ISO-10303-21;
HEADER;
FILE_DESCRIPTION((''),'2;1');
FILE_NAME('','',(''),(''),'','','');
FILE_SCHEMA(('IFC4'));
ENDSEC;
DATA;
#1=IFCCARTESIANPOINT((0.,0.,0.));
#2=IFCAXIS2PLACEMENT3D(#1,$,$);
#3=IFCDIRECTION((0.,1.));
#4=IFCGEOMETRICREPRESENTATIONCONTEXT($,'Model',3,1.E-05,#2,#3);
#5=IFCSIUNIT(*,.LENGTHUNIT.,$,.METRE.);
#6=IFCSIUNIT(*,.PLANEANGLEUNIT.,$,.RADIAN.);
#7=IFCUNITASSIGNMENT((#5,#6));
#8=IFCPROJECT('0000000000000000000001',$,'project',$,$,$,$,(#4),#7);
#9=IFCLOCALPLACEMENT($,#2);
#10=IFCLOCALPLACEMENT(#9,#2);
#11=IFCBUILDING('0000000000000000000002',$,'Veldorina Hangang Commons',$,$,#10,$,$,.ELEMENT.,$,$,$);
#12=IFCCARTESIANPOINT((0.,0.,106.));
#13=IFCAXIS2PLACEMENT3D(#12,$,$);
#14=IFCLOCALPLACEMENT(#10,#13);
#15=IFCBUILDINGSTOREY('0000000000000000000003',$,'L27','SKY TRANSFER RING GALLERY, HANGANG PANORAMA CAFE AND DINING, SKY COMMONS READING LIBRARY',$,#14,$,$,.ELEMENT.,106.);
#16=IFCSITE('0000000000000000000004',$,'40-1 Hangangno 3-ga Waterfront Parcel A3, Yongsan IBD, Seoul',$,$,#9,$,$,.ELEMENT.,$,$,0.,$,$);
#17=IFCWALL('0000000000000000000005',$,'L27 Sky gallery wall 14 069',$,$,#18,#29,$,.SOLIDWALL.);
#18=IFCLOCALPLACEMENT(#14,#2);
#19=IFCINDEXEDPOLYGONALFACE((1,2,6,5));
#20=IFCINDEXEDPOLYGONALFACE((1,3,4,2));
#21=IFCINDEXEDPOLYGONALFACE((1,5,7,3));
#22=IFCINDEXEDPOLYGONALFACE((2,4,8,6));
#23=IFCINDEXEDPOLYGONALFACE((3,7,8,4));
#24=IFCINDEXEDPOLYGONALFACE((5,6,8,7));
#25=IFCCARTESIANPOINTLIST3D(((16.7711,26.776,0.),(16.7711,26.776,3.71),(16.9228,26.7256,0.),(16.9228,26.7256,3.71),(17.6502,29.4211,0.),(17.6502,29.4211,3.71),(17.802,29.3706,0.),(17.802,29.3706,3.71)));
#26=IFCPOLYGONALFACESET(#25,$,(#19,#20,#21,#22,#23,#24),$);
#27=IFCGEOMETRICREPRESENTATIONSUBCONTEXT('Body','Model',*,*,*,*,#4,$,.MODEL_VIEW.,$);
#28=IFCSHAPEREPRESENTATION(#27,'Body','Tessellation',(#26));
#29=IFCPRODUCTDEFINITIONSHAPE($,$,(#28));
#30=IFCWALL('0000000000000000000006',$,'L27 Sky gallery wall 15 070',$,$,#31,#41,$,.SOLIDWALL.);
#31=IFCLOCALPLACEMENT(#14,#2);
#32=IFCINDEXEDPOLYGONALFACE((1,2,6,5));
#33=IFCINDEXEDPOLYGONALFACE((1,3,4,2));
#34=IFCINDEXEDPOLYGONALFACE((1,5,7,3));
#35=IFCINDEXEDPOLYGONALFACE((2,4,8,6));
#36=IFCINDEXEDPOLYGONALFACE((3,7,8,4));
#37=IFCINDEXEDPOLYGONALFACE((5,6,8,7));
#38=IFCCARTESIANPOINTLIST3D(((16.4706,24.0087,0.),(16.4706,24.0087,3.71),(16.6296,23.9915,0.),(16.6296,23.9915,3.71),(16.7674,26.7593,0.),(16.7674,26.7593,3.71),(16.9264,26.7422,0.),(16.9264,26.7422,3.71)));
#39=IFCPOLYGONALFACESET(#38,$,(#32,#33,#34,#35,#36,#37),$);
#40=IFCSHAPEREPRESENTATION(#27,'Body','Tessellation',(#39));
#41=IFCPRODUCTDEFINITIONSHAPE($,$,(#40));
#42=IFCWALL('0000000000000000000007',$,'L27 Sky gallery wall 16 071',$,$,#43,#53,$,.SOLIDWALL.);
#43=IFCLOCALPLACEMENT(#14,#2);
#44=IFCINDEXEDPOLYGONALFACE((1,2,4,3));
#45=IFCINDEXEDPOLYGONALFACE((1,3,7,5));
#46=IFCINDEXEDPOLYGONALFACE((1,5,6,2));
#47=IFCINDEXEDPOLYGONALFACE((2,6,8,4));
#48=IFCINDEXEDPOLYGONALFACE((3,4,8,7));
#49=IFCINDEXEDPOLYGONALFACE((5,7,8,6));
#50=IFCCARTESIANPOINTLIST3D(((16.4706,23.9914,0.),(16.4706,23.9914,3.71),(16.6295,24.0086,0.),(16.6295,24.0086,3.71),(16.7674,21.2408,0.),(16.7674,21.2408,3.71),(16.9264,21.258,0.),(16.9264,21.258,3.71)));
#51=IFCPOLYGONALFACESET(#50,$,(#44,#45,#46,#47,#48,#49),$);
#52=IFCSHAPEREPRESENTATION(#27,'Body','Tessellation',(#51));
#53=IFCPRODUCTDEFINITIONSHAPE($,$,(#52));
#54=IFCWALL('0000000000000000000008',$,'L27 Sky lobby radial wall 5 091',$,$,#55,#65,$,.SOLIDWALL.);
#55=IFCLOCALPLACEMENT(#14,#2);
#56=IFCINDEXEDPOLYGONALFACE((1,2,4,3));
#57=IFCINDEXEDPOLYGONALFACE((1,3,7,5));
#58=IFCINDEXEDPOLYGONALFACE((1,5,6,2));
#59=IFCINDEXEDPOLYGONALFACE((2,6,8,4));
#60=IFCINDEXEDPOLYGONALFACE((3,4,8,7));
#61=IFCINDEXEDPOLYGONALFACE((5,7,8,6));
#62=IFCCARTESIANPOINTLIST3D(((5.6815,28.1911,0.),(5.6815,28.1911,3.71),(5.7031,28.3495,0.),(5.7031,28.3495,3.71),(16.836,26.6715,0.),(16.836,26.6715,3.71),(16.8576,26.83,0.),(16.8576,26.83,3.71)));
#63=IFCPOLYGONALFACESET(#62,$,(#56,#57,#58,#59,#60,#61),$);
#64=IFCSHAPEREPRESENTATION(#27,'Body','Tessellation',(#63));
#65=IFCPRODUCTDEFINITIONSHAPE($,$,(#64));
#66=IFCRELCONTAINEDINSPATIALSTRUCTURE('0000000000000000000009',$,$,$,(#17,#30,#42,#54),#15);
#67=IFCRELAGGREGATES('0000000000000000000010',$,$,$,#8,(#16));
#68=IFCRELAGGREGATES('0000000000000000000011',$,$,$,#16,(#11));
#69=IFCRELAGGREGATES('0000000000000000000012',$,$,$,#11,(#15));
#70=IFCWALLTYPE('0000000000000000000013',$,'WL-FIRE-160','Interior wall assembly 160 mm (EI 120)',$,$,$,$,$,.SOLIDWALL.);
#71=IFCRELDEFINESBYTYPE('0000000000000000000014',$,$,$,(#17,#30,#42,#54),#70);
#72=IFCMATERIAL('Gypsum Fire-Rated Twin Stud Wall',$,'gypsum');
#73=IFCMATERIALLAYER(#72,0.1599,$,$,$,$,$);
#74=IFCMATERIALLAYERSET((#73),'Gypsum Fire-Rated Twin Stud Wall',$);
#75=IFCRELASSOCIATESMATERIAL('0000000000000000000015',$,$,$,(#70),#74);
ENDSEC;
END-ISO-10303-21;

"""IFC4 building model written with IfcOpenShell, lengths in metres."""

from ifc_helpers import new_model, si_unit, direction, frame, frame_2d, origin, place, context, subcontext, project, spatial, rectangle, extrude, material, layer, layer_set, type_object, element, save


model = new_model("IFC4")

# Units and contexts
model_context = context("Model", 3, precision=1e-05, world=origin(), true_north=direction((0.0, 1.0)))
body_context = subcontext(model_context, "Body", "Model", "MODEL_VIEW")
ifc_project = project(units=[si_unit("LENGTHUNIT", "METRE"), si_unit("PLANEANGLEUNIT", "RADIAN")], contexts=[model_context])

# Site, building, storey
site_placement = place(None, origin())
site = spatial("IfcSite", under=ifc_project, at=site_placement, Name="40-1 Hangangno 3-ga Waterfront Parcel A3, Yongsan IBD, Seoul", CompositionType="ELEMENT", RefElevation=0.0)
building_placement = place(site_placement, origin())
building = spatial("IfcBuilding", under=site, at=building_placement, Name="Veldorina Hangang Commons", CompositionType="ELEMENT")
storey_placement = place(building_placement, frame((0.0, 0.0, 106.0)))
storey = spatial("IfcBuildingStorey", under=building, at=storey_placement, Name="L27", Description="SKY TRANSFER RING GALLERY, HANGANG PANORAMA CAFE AND DINING, SKY COMMONS READING LIBRARY", CompositionType="ELEMENT", Elevation=106.0)

# Walls
ifc_material_1 = material(Name="Gypsum Fire-Rated Twin Stud Wall", Category="gypsum")
ifc_layer_1 = layer(ifc_material_1, 0.1599)
ifc_layer_set_1 = layer_set([ifc_layer_1], Name="Gypsum Fire-Rated Twin Stud Wall")
wall_type_1 = type_object("IfcWallType", Name="WL-FIRE-160", Description="Interior wall assembly 160 mm (EI 120)", PredefinedType="SOLIDWALL", material=ifc_layer_set_1)
wall_1_placement = place(storey_placement, frame((17.7261, 29.3958, 0.0), z_axis=(0.0, 0.0, 1.0), x_axis=(-0.315413, -0.948954, 0.0)))
element("IfcWall", 1, at=wall_1_placement, inside=storey, type_object=wall_type_1, Name="L27 Sky gallery wall 14 069", PredefinedType="SOLIDWALL", context=body_context, shape_type="SweptSolid", body=[
    extrude(rectangle(XDim=2.7874, YDim=0.1599, at=frame_2d((1.3936, 0.0))), origin(), (0.0, 0.0, 1.0), 3.71),
])
for number, where, z_axis, x_axis, name in (
    (2, (16.8469, 26.7507, 0.0), (0.0, 0.0, 1.0), (-0.107303, -0.994226, 0.0), "L27 Sky gallery wall 15 070"),
    (3, (16.55, 24.0, 0.0), (0.0, 0.0, 1.0), (0.107303, -0.994226, 0.0), "L27 Sky gallery wall 16 071"),
):
    element("IfcWall", number, at=place(storey_placement, frame(where, z_axis=z_axis, x_axis=x_axis)), inside=storey, type_object=wall_type_1, Name=name, PredefinedType="SOLIDWALL", context=body_context, shape_type="SweptSolid", body=[
        extrude(rectangle(XDim=2.7666, YDim=0.1599, at=frame_2d((1.3833, 0.0))), origin(), (0.0, 0.0, 1.0), 3.71),
    ])
wall_2_placement = place(storey_placement, frame((16.8469, 26.7507, 0.0), z_axis=(0.0, 0.0, 1.0), x_axis=(-0.990849, 0.134979, 0.0)))
element("IfcWall", 4, at=wall_2_placement, inside=storey, type_object=wall_type_1, Name="L27 Sky lobby radial wall 5 091", PredefinedType="SOLIDWALL", context=body_context, shape_type="SweptSolid", body=[
    extrude(rectangle(XDim=11.2576, YDim=0.1599, at=frame_2d((5.6289, 0.0))), origin(), (0.0, 0.0, 1.0), 3.71),
])

save(model, "model.ifc")
